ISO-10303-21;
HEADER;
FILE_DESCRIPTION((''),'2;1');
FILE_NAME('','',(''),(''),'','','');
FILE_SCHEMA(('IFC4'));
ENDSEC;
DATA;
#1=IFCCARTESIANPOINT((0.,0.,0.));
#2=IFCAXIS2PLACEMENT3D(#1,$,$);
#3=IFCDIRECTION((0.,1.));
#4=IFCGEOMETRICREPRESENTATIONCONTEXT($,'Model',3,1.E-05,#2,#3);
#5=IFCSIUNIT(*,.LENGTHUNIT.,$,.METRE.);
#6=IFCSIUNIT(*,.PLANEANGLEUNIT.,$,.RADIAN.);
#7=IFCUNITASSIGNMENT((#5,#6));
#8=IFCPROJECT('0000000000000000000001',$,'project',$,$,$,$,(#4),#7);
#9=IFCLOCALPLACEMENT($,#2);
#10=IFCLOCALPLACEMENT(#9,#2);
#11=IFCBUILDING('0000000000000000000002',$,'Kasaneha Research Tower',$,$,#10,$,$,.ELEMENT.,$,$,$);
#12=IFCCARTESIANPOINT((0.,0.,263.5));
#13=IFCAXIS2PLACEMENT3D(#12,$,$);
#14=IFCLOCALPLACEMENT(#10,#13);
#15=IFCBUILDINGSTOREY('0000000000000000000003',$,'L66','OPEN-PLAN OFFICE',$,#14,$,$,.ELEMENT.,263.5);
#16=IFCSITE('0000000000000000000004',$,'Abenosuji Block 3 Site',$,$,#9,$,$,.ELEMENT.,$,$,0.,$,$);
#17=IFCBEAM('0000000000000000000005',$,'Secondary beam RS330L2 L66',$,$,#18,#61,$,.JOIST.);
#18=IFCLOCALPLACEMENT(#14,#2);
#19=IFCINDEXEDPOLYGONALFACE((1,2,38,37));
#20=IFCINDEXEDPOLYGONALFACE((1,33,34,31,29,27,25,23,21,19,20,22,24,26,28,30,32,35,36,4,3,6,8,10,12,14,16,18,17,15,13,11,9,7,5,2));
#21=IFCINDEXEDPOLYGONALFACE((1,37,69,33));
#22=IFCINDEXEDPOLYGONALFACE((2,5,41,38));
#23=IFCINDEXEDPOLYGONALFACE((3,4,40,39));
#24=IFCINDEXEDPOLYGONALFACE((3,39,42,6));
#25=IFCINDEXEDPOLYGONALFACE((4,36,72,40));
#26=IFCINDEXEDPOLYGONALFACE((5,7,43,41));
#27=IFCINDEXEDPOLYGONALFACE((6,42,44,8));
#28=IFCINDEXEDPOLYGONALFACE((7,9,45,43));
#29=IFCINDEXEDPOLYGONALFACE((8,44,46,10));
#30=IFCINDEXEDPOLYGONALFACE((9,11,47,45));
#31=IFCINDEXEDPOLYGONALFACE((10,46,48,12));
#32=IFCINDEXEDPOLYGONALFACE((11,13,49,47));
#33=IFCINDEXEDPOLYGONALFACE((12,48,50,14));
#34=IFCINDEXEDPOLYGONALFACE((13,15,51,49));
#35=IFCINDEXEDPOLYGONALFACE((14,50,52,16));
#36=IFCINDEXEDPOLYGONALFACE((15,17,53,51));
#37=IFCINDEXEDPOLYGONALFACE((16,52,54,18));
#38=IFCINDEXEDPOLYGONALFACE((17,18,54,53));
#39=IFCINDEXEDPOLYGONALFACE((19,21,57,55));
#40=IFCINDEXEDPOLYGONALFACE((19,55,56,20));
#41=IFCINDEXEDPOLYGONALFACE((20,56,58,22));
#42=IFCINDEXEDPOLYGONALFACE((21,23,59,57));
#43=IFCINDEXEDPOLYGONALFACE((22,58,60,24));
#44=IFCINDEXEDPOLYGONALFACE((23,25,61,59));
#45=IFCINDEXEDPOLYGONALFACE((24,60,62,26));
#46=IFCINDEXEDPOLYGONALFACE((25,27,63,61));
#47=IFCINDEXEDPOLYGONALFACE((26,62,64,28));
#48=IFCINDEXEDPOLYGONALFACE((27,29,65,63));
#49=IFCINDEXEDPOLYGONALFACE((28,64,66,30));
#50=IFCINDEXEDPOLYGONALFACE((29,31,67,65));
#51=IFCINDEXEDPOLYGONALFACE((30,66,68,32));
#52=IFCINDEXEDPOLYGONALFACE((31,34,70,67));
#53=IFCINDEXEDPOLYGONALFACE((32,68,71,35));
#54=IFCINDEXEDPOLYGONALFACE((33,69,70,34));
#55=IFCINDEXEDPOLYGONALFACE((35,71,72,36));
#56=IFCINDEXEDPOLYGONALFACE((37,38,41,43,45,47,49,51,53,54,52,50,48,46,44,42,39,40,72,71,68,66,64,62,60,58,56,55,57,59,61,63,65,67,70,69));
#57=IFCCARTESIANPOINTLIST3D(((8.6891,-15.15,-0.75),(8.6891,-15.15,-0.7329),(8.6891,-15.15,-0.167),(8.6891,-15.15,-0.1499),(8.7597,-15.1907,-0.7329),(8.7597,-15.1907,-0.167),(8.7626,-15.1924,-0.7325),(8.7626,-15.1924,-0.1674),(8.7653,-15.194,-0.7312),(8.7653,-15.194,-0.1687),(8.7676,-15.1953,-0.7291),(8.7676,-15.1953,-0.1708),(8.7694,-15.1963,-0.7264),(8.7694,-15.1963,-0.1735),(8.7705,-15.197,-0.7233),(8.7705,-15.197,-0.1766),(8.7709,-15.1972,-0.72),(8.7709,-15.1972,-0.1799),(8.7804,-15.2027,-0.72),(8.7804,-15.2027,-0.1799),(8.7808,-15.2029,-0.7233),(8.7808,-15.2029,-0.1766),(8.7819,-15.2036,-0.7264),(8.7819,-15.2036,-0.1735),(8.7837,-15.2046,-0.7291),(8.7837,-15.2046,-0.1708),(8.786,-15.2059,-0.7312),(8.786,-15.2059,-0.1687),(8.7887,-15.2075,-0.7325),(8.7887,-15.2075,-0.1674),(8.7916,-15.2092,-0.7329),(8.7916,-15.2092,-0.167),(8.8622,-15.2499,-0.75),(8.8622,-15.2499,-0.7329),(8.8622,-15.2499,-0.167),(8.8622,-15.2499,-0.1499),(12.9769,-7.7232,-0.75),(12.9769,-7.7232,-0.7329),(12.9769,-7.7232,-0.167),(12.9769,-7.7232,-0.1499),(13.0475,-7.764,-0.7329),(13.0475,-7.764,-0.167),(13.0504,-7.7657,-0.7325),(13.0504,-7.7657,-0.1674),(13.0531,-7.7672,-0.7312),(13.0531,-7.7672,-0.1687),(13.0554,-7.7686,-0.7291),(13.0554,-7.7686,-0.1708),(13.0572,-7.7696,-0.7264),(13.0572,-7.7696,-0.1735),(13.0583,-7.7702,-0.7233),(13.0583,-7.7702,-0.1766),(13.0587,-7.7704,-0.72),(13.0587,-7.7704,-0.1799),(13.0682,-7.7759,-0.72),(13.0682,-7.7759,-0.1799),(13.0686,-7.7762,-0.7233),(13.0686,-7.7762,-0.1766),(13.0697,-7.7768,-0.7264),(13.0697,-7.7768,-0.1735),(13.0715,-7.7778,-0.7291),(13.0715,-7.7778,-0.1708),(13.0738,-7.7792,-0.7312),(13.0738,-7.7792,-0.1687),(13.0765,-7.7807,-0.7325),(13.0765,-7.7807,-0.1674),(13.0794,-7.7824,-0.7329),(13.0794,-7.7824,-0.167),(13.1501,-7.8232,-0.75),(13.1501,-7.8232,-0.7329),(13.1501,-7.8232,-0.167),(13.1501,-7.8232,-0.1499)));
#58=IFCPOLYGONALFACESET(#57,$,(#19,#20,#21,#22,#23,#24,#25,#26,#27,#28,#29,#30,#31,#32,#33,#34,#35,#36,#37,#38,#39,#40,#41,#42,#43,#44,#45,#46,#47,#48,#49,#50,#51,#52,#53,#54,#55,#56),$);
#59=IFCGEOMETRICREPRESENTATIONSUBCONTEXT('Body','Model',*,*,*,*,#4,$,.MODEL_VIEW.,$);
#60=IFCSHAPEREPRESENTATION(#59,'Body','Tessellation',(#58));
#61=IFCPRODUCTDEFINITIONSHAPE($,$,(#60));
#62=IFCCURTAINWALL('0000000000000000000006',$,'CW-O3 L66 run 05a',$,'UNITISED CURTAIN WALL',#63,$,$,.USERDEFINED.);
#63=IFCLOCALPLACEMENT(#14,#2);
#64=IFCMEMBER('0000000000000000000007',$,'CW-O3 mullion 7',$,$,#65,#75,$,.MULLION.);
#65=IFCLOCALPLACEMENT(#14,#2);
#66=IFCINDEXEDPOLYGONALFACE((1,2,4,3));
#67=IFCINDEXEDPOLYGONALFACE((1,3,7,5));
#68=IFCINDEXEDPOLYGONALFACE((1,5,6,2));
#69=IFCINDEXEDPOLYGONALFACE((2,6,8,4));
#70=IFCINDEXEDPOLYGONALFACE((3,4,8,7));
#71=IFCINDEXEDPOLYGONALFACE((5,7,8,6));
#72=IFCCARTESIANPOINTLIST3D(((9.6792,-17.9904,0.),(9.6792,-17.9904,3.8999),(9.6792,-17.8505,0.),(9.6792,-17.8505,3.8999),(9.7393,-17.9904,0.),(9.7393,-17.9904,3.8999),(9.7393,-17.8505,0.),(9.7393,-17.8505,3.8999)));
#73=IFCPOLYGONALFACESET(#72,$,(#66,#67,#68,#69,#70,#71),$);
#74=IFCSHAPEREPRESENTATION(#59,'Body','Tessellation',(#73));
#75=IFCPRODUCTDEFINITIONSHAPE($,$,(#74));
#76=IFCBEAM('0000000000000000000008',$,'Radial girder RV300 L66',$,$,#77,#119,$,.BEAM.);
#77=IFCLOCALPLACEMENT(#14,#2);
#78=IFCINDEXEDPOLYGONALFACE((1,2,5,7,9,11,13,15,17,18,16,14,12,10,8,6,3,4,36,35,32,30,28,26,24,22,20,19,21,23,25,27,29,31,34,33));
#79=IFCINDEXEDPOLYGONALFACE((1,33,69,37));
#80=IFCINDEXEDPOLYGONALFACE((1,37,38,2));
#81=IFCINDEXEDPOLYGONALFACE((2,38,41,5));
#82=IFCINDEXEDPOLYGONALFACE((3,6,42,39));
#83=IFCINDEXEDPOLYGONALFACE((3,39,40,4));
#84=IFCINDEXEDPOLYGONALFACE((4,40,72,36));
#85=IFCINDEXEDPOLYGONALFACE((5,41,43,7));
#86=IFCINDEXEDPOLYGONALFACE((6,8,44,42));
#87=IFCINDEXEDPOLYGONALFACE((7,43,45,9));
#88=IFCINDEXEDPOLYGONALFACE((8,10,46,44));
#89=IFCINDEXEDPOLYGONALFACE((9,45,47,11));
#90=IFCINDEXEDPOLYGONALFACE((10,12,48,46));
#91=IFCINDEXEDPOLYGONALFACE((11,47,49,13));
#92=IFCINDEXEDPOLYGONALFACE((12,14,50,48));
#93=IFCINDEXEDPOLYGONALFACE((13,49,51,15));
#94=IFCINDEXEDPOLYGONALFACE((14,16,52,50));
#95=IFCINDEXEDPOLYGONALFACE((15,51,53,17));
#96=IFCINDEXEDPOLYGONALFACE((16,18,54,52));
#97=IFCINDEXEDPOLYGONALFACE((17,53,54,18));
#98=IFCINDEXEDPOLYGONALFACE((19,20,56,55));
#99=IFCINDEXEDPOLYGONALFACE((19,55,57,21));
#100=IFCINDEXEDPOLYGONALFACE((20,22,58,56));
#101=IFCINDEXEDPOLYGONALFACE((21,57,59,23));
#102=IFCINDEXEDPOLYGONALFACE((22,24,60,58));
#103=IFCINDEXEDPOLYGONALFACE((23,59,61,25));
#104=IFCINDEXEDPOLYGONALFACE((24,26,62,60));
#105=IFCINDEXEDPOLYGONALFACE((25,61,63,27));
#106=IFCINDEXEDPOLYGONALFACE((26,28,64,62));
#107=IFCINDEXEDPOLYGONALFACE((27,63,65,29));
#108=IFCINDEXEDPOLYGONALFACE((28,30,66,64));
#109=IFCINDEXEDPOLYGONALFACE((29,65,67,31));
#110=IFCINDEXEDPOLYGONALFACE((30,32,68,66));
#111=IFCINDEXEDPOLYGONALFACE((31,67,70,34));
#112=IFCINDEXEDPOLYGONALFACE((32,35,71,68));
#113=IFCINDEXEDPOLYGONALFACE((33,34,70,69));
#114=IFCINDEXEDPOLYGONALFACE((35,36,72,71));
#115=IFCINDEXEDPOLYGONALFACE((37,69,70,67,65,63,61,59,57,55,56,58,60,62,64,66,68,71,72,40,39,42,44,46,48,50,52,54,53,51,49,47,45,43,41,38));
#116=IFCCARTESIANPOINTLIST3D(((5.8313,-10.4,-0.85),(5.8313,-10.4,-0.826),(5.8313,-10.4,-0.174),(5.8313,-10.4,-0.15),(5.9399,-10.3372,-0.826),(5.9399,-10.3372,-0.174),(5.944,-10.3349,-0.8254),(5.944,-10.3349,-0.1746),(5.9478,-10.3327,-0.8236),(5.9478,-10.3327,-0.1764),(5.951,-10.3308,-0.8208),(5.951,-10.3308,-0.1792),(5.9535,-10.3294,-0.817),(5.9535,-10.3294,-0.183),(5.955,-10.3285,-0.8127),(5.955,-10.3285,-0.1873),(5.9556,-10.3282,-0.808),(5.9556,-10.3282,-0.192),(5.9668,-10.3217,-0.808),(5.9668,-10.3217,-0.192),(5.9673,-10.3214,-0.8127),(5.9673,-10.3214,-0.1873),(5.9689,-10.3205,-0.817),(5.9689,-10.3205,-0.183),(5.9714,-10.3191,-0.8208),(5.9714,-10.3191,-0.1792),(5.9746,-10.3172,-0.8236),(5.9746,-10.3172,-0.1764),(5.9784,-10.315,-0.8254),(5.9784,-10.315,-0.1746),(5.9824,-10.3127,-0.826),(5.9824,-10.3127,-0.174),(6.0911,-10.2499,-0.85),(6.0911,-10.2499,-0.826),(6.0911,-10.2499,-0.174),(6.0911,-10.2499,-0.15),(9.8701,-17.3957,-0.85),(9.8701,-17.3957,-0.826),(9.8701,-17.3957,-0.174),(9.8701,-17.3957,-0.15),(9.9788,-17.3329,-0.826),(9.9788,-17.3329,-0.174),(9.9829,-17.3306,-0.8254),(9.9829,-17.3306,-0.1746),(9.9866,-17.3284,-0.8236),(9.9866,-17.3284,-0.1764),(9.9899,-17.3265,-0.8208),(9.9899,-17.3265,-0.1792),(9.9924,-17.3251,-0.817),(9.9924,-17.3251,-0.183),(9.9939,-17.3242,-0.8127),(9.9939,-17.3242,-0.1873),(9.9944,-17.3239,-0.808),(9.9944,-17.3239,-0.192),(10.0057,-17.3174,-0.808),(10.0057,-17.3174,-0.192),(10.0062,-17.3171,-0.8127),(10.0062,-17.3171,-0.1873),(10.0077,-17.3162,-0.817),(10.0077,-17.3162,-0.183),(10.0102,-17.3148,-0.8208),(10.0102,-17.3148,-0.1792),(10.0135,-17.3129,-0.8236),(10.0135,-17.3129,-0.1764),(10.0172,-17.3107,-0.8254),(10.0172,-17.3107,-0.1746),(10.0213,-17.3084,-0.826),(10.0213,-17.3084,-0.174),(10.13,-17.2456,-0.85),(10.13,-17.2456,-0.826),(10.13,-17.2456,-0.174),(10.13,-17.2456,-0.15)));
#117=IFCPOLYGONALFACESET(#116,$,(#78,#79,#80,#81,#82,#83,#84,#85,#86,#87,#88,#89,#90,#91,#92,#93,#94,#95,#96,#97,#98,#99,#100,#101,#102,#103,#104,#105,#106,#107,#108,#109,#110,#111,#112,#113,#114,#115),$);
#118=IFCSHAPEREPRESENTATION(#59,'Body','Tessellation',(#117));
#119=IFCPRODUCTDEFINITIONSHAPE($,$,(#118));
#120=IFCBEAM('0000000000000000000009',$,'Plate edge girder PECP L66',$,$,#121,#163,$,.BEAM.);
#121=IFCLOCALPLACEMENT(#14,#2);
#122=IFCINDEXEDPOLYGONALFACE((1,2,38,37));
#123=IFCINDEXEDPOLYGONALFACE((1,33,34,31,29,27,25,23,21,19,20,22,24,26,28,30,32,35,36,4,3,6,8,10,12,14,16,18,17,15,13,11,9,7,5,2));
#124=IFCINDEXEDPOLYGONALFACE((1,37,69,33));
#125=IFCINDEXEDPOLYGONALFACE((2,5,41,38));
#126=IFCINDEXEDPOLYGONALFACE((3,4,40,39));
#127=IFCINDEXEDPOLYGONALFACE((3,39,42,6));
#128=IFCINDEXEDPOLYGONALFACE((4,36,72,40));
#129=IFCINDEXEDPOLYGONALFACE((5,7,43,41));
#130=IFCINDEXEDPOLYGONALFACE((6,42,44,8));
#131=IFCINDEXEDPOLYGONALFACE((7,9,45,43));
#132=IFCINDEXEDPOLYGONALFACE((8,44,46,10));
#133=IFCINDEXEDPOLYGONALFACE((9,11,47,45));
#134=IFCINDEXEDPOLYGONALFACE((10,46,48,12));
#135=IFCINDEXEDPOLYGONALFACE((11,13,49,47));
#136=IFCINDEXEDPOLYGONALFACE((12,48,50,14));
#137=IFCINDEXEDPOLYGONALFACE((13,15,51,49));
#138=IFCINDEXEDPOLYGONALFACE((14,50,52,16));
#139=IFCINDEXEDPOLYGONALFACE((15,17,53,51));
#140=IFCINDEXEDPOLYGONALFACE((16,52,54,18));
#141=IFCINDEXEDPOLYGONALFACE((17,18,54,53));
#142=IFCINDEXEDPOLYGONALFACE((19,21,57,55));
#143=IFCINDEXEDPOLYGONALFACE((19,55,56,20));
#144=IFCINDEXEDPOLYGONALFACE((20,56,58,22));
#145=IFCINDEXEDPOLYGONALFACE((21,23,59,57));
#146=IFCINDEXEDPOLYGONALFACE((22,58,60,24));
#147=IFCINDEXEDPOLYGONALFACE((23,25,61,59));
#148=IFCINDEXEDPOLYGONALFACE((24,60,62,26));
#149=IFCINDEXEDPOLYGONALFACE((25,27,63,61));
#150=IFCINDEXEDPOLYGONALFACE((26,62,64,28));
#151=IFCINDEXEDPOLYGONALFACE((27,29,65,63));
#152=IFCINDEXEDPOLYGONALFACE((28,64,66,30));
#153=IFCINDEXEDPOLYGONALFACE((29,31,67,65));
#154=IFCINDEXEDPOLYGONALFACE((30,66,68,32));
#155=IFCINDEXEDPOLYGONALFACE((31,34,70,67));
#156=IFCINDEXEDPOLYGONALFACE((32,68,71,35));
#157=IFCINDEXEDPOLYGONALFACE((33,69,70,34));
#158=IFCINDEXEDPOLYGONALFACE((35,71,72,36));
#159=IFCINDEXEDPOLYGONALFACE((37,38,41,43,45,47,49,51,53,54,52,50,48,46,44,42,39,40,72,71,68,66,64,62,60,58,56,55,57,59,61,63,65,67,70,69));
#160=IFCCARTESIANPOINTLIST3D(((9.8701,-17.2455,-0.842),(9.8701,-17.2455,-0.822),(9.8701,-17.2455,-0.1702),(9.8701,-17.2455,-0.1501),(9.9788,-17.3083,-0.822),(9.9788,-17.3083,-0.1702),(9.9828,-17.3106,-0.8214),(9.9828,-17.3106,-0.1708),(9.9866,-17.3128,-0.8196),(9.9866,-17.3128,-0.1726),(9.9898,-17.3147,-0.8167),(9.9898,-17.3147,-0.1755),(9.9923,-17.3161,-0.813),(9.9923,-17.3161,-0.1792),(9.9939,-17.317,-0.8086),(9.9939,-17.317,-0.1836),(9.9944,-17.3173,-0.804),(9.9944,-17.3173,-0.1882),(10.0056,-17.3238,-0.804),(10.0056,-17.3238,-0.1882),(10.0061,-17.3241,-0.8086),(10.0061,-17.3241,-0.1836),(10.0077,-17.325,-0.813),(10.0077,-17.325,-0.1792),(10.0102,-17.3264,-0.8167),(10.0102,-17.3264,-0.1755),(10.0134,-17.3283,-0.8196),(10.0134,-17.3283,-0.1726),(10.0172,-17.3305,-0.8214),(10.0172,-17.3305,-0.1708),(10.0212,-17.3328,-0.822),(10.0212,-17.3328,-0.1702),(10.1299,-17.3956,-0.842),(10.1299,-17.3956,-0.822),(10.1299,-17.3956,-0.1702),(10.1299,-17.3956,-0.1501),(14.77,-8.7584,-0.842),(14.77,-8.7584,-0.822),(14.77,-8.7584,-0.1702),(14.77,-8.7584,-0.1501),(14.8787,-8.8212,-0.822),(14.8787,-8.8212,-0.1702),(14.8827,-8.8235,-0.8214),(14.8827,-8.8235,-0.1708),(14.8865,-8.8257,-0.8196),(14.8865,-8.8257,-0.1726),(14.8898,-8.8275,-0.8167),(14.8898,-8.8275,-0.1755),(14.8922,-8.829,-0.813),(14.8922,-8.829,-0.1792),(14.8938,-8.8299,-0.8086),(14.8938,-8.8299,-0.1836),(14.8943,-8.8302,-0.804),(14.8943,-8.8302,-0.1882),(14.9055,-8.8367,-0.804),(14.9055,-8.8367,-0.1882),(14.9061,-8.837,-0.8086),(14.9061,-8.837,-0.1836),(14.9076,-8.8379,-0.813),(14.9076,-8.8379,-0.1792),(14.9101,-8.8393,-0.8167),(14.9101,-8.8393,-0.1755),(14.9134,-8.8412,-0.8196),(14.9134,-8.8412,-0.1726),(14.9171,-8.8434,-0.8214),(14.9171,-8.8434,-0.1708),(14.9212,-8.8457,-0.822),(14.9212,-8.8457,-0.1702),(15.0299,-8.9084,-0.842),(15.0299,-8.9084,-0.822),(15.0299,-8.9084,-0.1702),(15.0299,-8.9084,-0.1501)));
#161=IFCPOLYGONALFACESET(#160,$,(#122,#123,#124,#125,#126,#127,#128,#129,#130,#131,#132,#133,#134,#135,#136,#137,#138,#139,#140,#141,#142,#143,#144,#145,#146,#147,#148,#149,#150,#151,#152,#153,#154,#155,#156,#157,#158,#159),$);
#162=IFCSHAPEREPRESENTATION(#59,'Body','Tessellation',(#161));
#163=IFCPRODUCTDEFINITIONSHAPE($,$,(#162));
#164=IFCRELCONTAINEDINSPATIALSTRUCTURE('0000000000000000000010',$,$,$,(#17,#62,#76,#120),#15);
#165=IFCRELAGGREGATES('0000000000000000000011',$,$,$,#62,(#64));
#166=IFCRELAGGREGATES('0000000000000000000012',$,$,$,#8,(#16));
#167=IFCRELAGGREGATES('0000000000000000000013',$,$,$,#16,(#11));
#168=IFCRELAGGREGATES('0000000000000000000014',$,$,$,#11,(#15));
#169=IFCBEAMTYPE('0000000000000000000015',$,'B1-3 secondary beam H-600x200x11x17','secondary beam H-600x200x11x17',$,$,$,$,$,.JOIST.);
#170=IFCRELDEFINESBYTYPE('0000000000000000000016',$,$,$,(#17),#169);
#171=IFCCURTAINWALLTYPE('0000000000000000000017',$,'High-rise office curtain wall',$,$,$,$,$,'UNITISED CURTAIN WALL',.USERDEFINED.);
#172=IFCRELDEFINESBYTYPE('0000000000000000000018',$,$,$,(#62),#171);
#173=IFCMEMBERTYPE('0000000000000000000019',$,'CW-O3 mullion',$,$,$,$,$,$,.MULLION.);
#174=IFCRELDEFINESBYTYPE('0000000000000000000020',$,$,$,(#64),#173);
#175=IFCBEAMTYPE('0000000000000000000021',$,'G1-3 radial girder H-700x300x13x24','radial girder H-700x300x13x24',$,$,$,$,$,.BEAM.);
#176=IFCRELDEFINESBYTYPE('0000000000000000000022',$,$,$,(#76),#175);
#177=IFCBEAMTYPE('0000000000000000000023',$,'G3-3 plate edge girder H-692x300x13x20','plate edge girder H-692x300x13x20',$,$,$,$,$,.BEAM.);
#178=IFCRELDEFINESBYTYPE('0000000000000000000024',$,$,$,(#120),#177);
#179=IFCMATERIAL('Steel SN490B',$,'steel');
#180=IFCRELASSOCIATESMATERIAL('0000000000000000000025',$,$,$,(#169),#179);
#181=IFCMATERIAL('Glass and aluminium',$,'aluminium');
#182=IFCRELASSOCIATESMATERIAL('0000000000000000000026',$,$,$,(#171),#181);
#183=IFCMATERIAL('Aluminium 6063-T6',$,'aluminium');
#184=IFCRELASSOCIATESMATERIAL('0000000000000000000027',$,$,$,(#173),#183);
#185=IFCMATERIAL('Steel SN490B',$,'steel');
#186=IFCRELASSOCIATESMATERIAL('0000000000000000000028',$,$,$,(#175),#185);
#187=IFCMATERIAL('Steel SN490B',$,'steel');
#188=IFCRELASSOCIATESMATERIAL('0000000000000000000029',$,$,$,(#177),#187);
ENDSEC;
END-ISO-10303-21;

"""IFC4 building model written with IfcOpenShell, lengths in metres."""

from ifc_helpers import new_model, si_unit, direction, frame, origin, origin_2d, place, context, subcontext, project, spatial, rectangle, i_section, extrude, material, material_profile, profile_set, type_object, element, aggregate, save


model = new_model("IFC4")

# Units and contexts
model_context = context("Model", 3, precision=1e-05, world=origin(), true_north=direction((0.0, 1.0)))
body_context = subcontext(model_context, "Body", "Model", "MODEL_VIEW")
ifc_project = project(units=[si_unit("LENGTHUNIT", "METRE"), si_unit("PLANEANGLEUNIT", "RADIAN")], contexts=[model_context])

# Site, building, storey
site_placement = place(None, origin())
site = spatial("IfcSite", under=ifc_project, at=site_placement, Name="Abenosuji Block 3 Site", CompositionType="ELEMENT", RefElevation=0.0)
building_placement = place(site_placement, origin())
building = spatial("IfcBuilding", under=site, at=building_placement, Name="Kasaneha Research Tower", CompositionType="ELEMENT")
storey_placement = place(building_placement, frame((0.0, 0.0, 263.5)))
storey = spatial("IfcBuildingStorey", under=building, at=storey_placement, Name="L66", Description="OPEN-PLAN OFFICE", CompositionType="ELEMENT", Elevation=263.5)

# Beam
ifc_material_1 = material(Name="Steel SN490B", Category="steel")
ifc_material_profile_1 = material_profile(ifc_material_1, i_section(OverallWidth=0.2, OverallDepth=0.6001, WebThickness=0.011, FlangeThickness=0.0171, FilletRadius=0.0129, at=origin_2d()), Name="H-600x200x11x17")
ifc_profile_set_1 = profile_set([ifc_material_profile_1], Name="Steel SN490B")
beam_type_1 = type_object("IfcBeamType", Name="B1-3 secondary beam H-600x200x11x17", Description="secondary beam H-600x200x11x17", PredefinedType="JOIST", material=ifc_profile_set_1)
beam_1_placement = place(storey_placement, frame((8.7756, -15.2, -0.45), z_axis=(0.5, 0.866025, 0.0), x_axis=(-0.866025, 0.5, 0.0)))
element("IfcBeam", 1, at=beam_1_placement, inside=storey, type_object=beam_type_1, Name="Secondary beam RS330L2 L66", PredefinedType="JOIST", context=body_context, shape_type="SweptSolid", body=[
    extrude(i_section(OverallWidth=0.2, OverallDepth=0.6001, WebThickness=0.011, FlangeThickness=0.0171, FilletRadius=0.0129, at=origin_2d()), origin(), (0.0, 0.0, 1.0), 8.5757),
])

# Curtain wall, member
ifc_material_2 = material(Name="Glass and aluminium", Category="aluminium")
curtain_wall_type = type_object("IfcCurtainWallType", Name="High-rise office curtain wall", ElementType="UNITISED CURTAIN WALL", PredefinedType="USERDEFINED", material=ifc_material_2)
curtain_wall_placement = place(storey_placement, origin())
curtain_wall = element("IfcCurtainWall", 2, at=curtain_wall_placement, inside=storey, type_object=curtain_wall_type, Name="CW-O3 L66 run 05a", ObjectType="UNITISED CURTAIN WALL", PredefinedType="USERDEFINED")
ifc_material_3 = material(Name="Aluminium 6063-T6", Category="aluminium")
ifc_material_profile_2 = material_profile(ifc_material_3, rectangle(XDim=0.0601, YDim=0.1399, at=origin_2d()), Name="CW-O3 mullion 60x140")
ifc_profile_set_2 = profile_set([ifc_material_profile_2], Name="Aluminium 6063-T6")
member_type = type_object("IfcMemberType", Name="CW-O3 mullion", PredefinedType="MULLION", material=ifc_profile_set_2)
member_placement = place(storey_placement, frame((9.7092, -17.9204, 0.0), z_axis=(0.0, 0.0, 1.0), x_axis=(1.0, 0.0, 0.0)))
member = element("IfcMember", 3, at=member_placement, type_object=member_type, Name="CW-O3 mullion 7", PredefinedType="MULLION", context=body_context, shape_type="SweptSolid", body=[
    extrude(rectangle(XDim=0.0601, YDim=0.1399, at=origin_2d()), origin(), (0.0, 0.0, 1.0), 3.8999),
])

# Beams
ifc_material_4 = material(Name="Steel SN490B", Category="steel")
ifc_material_profile_3 = material_profile(ifc_material_4, i_section(OverallWidth=0.3, OverallDepth=0.7, WebThickness=0.0129, FlangeThickness=0.0239, FilletRadius=0.0181, at=origin_2d()), Name="H-700x300x13x24")
ifc_profile_set_3 = profile_set([ifc_material_profile_3], Name="Steel SN490B")
beam_type_2 = type_object("IfcBeamType", Name="G1-3 radial girder H-700x300x13x24", Description="radial girder H-700x300x13x24", PredefinedType="BEAM", material=ifc_profile_set_3)
beam_2_placement = place(storey_placement, frame((5.9612, -10.325, -0.5), z_axis=(0.499991, -0.866031, 0.0), x_axis=(0.866031, 0.499991, 0.0)))
element("IfcBeam", 4, at=beam_2_placement, inside=storey, type_object=beam_type_2, Name="Radial girder RV300 L66", PredefinedType="BEAM", context=body_context, shape_type="SweptSolid", body=[
    extrude(i_section(OverallWidth=0.3, OverallDepth=0.7, WebThickness=0.0129, FlangeThickness=0.0239, FilletRadius=0.0181, at=origin_2d()), origin(), (0.0, 0.0, 1.0), 8.0779),
])
ifc_material_5 = material(Name="Steel SN490B", Category="steel")
ifc_material_profile_4 = material_profile(ifc_material_5, i_section(OverallWidth=0.3, OverallDepth=0.6919, WebThickness=0.0129, FlangeThickness=0.02, FilletRadius=0.0181, at=origin_2d()), Name="H-692x300x13x20")
ifc_profile_set_4 = profile_set([ifc_material_profile_4], Name="Steel SN490B")
beam_type_3 = type_object("IfcBeamType", Name="G3-3 plate edge girder H-692x300x13x20", Description="plate edge girder H-692x300x13x20", PredefinedType="BEAM", material=ifc_profile_set_4)
beam_3_placement = place(storey_placement, frame((10.0, -17.3206, -0.4961), z_axis=(0.499992, 0.86603, 0.0), x_axis=(-0.86603, 0.499992, 0.0)))
element("IfcBeam", 5, at=beam_3_placement, inside=storey, type_object=beam_type_3, Name="Plate edge girder PECP L66", PredefinedType="BEAM", context=body_context, shape_type="SweptSolid", body=[
    extrude(i_section(OverallWidth=0.3, OverallDepth=0.6919, WebThickness=0.0129, FlangeThickness=0.02, FilletRadius=0.0181, at=origin_2d()), origin(), (0.0, 0.0, 1.0), 9.8),
])

aggregate(curtain_wall, [member])

save(model, "model.ifc")
